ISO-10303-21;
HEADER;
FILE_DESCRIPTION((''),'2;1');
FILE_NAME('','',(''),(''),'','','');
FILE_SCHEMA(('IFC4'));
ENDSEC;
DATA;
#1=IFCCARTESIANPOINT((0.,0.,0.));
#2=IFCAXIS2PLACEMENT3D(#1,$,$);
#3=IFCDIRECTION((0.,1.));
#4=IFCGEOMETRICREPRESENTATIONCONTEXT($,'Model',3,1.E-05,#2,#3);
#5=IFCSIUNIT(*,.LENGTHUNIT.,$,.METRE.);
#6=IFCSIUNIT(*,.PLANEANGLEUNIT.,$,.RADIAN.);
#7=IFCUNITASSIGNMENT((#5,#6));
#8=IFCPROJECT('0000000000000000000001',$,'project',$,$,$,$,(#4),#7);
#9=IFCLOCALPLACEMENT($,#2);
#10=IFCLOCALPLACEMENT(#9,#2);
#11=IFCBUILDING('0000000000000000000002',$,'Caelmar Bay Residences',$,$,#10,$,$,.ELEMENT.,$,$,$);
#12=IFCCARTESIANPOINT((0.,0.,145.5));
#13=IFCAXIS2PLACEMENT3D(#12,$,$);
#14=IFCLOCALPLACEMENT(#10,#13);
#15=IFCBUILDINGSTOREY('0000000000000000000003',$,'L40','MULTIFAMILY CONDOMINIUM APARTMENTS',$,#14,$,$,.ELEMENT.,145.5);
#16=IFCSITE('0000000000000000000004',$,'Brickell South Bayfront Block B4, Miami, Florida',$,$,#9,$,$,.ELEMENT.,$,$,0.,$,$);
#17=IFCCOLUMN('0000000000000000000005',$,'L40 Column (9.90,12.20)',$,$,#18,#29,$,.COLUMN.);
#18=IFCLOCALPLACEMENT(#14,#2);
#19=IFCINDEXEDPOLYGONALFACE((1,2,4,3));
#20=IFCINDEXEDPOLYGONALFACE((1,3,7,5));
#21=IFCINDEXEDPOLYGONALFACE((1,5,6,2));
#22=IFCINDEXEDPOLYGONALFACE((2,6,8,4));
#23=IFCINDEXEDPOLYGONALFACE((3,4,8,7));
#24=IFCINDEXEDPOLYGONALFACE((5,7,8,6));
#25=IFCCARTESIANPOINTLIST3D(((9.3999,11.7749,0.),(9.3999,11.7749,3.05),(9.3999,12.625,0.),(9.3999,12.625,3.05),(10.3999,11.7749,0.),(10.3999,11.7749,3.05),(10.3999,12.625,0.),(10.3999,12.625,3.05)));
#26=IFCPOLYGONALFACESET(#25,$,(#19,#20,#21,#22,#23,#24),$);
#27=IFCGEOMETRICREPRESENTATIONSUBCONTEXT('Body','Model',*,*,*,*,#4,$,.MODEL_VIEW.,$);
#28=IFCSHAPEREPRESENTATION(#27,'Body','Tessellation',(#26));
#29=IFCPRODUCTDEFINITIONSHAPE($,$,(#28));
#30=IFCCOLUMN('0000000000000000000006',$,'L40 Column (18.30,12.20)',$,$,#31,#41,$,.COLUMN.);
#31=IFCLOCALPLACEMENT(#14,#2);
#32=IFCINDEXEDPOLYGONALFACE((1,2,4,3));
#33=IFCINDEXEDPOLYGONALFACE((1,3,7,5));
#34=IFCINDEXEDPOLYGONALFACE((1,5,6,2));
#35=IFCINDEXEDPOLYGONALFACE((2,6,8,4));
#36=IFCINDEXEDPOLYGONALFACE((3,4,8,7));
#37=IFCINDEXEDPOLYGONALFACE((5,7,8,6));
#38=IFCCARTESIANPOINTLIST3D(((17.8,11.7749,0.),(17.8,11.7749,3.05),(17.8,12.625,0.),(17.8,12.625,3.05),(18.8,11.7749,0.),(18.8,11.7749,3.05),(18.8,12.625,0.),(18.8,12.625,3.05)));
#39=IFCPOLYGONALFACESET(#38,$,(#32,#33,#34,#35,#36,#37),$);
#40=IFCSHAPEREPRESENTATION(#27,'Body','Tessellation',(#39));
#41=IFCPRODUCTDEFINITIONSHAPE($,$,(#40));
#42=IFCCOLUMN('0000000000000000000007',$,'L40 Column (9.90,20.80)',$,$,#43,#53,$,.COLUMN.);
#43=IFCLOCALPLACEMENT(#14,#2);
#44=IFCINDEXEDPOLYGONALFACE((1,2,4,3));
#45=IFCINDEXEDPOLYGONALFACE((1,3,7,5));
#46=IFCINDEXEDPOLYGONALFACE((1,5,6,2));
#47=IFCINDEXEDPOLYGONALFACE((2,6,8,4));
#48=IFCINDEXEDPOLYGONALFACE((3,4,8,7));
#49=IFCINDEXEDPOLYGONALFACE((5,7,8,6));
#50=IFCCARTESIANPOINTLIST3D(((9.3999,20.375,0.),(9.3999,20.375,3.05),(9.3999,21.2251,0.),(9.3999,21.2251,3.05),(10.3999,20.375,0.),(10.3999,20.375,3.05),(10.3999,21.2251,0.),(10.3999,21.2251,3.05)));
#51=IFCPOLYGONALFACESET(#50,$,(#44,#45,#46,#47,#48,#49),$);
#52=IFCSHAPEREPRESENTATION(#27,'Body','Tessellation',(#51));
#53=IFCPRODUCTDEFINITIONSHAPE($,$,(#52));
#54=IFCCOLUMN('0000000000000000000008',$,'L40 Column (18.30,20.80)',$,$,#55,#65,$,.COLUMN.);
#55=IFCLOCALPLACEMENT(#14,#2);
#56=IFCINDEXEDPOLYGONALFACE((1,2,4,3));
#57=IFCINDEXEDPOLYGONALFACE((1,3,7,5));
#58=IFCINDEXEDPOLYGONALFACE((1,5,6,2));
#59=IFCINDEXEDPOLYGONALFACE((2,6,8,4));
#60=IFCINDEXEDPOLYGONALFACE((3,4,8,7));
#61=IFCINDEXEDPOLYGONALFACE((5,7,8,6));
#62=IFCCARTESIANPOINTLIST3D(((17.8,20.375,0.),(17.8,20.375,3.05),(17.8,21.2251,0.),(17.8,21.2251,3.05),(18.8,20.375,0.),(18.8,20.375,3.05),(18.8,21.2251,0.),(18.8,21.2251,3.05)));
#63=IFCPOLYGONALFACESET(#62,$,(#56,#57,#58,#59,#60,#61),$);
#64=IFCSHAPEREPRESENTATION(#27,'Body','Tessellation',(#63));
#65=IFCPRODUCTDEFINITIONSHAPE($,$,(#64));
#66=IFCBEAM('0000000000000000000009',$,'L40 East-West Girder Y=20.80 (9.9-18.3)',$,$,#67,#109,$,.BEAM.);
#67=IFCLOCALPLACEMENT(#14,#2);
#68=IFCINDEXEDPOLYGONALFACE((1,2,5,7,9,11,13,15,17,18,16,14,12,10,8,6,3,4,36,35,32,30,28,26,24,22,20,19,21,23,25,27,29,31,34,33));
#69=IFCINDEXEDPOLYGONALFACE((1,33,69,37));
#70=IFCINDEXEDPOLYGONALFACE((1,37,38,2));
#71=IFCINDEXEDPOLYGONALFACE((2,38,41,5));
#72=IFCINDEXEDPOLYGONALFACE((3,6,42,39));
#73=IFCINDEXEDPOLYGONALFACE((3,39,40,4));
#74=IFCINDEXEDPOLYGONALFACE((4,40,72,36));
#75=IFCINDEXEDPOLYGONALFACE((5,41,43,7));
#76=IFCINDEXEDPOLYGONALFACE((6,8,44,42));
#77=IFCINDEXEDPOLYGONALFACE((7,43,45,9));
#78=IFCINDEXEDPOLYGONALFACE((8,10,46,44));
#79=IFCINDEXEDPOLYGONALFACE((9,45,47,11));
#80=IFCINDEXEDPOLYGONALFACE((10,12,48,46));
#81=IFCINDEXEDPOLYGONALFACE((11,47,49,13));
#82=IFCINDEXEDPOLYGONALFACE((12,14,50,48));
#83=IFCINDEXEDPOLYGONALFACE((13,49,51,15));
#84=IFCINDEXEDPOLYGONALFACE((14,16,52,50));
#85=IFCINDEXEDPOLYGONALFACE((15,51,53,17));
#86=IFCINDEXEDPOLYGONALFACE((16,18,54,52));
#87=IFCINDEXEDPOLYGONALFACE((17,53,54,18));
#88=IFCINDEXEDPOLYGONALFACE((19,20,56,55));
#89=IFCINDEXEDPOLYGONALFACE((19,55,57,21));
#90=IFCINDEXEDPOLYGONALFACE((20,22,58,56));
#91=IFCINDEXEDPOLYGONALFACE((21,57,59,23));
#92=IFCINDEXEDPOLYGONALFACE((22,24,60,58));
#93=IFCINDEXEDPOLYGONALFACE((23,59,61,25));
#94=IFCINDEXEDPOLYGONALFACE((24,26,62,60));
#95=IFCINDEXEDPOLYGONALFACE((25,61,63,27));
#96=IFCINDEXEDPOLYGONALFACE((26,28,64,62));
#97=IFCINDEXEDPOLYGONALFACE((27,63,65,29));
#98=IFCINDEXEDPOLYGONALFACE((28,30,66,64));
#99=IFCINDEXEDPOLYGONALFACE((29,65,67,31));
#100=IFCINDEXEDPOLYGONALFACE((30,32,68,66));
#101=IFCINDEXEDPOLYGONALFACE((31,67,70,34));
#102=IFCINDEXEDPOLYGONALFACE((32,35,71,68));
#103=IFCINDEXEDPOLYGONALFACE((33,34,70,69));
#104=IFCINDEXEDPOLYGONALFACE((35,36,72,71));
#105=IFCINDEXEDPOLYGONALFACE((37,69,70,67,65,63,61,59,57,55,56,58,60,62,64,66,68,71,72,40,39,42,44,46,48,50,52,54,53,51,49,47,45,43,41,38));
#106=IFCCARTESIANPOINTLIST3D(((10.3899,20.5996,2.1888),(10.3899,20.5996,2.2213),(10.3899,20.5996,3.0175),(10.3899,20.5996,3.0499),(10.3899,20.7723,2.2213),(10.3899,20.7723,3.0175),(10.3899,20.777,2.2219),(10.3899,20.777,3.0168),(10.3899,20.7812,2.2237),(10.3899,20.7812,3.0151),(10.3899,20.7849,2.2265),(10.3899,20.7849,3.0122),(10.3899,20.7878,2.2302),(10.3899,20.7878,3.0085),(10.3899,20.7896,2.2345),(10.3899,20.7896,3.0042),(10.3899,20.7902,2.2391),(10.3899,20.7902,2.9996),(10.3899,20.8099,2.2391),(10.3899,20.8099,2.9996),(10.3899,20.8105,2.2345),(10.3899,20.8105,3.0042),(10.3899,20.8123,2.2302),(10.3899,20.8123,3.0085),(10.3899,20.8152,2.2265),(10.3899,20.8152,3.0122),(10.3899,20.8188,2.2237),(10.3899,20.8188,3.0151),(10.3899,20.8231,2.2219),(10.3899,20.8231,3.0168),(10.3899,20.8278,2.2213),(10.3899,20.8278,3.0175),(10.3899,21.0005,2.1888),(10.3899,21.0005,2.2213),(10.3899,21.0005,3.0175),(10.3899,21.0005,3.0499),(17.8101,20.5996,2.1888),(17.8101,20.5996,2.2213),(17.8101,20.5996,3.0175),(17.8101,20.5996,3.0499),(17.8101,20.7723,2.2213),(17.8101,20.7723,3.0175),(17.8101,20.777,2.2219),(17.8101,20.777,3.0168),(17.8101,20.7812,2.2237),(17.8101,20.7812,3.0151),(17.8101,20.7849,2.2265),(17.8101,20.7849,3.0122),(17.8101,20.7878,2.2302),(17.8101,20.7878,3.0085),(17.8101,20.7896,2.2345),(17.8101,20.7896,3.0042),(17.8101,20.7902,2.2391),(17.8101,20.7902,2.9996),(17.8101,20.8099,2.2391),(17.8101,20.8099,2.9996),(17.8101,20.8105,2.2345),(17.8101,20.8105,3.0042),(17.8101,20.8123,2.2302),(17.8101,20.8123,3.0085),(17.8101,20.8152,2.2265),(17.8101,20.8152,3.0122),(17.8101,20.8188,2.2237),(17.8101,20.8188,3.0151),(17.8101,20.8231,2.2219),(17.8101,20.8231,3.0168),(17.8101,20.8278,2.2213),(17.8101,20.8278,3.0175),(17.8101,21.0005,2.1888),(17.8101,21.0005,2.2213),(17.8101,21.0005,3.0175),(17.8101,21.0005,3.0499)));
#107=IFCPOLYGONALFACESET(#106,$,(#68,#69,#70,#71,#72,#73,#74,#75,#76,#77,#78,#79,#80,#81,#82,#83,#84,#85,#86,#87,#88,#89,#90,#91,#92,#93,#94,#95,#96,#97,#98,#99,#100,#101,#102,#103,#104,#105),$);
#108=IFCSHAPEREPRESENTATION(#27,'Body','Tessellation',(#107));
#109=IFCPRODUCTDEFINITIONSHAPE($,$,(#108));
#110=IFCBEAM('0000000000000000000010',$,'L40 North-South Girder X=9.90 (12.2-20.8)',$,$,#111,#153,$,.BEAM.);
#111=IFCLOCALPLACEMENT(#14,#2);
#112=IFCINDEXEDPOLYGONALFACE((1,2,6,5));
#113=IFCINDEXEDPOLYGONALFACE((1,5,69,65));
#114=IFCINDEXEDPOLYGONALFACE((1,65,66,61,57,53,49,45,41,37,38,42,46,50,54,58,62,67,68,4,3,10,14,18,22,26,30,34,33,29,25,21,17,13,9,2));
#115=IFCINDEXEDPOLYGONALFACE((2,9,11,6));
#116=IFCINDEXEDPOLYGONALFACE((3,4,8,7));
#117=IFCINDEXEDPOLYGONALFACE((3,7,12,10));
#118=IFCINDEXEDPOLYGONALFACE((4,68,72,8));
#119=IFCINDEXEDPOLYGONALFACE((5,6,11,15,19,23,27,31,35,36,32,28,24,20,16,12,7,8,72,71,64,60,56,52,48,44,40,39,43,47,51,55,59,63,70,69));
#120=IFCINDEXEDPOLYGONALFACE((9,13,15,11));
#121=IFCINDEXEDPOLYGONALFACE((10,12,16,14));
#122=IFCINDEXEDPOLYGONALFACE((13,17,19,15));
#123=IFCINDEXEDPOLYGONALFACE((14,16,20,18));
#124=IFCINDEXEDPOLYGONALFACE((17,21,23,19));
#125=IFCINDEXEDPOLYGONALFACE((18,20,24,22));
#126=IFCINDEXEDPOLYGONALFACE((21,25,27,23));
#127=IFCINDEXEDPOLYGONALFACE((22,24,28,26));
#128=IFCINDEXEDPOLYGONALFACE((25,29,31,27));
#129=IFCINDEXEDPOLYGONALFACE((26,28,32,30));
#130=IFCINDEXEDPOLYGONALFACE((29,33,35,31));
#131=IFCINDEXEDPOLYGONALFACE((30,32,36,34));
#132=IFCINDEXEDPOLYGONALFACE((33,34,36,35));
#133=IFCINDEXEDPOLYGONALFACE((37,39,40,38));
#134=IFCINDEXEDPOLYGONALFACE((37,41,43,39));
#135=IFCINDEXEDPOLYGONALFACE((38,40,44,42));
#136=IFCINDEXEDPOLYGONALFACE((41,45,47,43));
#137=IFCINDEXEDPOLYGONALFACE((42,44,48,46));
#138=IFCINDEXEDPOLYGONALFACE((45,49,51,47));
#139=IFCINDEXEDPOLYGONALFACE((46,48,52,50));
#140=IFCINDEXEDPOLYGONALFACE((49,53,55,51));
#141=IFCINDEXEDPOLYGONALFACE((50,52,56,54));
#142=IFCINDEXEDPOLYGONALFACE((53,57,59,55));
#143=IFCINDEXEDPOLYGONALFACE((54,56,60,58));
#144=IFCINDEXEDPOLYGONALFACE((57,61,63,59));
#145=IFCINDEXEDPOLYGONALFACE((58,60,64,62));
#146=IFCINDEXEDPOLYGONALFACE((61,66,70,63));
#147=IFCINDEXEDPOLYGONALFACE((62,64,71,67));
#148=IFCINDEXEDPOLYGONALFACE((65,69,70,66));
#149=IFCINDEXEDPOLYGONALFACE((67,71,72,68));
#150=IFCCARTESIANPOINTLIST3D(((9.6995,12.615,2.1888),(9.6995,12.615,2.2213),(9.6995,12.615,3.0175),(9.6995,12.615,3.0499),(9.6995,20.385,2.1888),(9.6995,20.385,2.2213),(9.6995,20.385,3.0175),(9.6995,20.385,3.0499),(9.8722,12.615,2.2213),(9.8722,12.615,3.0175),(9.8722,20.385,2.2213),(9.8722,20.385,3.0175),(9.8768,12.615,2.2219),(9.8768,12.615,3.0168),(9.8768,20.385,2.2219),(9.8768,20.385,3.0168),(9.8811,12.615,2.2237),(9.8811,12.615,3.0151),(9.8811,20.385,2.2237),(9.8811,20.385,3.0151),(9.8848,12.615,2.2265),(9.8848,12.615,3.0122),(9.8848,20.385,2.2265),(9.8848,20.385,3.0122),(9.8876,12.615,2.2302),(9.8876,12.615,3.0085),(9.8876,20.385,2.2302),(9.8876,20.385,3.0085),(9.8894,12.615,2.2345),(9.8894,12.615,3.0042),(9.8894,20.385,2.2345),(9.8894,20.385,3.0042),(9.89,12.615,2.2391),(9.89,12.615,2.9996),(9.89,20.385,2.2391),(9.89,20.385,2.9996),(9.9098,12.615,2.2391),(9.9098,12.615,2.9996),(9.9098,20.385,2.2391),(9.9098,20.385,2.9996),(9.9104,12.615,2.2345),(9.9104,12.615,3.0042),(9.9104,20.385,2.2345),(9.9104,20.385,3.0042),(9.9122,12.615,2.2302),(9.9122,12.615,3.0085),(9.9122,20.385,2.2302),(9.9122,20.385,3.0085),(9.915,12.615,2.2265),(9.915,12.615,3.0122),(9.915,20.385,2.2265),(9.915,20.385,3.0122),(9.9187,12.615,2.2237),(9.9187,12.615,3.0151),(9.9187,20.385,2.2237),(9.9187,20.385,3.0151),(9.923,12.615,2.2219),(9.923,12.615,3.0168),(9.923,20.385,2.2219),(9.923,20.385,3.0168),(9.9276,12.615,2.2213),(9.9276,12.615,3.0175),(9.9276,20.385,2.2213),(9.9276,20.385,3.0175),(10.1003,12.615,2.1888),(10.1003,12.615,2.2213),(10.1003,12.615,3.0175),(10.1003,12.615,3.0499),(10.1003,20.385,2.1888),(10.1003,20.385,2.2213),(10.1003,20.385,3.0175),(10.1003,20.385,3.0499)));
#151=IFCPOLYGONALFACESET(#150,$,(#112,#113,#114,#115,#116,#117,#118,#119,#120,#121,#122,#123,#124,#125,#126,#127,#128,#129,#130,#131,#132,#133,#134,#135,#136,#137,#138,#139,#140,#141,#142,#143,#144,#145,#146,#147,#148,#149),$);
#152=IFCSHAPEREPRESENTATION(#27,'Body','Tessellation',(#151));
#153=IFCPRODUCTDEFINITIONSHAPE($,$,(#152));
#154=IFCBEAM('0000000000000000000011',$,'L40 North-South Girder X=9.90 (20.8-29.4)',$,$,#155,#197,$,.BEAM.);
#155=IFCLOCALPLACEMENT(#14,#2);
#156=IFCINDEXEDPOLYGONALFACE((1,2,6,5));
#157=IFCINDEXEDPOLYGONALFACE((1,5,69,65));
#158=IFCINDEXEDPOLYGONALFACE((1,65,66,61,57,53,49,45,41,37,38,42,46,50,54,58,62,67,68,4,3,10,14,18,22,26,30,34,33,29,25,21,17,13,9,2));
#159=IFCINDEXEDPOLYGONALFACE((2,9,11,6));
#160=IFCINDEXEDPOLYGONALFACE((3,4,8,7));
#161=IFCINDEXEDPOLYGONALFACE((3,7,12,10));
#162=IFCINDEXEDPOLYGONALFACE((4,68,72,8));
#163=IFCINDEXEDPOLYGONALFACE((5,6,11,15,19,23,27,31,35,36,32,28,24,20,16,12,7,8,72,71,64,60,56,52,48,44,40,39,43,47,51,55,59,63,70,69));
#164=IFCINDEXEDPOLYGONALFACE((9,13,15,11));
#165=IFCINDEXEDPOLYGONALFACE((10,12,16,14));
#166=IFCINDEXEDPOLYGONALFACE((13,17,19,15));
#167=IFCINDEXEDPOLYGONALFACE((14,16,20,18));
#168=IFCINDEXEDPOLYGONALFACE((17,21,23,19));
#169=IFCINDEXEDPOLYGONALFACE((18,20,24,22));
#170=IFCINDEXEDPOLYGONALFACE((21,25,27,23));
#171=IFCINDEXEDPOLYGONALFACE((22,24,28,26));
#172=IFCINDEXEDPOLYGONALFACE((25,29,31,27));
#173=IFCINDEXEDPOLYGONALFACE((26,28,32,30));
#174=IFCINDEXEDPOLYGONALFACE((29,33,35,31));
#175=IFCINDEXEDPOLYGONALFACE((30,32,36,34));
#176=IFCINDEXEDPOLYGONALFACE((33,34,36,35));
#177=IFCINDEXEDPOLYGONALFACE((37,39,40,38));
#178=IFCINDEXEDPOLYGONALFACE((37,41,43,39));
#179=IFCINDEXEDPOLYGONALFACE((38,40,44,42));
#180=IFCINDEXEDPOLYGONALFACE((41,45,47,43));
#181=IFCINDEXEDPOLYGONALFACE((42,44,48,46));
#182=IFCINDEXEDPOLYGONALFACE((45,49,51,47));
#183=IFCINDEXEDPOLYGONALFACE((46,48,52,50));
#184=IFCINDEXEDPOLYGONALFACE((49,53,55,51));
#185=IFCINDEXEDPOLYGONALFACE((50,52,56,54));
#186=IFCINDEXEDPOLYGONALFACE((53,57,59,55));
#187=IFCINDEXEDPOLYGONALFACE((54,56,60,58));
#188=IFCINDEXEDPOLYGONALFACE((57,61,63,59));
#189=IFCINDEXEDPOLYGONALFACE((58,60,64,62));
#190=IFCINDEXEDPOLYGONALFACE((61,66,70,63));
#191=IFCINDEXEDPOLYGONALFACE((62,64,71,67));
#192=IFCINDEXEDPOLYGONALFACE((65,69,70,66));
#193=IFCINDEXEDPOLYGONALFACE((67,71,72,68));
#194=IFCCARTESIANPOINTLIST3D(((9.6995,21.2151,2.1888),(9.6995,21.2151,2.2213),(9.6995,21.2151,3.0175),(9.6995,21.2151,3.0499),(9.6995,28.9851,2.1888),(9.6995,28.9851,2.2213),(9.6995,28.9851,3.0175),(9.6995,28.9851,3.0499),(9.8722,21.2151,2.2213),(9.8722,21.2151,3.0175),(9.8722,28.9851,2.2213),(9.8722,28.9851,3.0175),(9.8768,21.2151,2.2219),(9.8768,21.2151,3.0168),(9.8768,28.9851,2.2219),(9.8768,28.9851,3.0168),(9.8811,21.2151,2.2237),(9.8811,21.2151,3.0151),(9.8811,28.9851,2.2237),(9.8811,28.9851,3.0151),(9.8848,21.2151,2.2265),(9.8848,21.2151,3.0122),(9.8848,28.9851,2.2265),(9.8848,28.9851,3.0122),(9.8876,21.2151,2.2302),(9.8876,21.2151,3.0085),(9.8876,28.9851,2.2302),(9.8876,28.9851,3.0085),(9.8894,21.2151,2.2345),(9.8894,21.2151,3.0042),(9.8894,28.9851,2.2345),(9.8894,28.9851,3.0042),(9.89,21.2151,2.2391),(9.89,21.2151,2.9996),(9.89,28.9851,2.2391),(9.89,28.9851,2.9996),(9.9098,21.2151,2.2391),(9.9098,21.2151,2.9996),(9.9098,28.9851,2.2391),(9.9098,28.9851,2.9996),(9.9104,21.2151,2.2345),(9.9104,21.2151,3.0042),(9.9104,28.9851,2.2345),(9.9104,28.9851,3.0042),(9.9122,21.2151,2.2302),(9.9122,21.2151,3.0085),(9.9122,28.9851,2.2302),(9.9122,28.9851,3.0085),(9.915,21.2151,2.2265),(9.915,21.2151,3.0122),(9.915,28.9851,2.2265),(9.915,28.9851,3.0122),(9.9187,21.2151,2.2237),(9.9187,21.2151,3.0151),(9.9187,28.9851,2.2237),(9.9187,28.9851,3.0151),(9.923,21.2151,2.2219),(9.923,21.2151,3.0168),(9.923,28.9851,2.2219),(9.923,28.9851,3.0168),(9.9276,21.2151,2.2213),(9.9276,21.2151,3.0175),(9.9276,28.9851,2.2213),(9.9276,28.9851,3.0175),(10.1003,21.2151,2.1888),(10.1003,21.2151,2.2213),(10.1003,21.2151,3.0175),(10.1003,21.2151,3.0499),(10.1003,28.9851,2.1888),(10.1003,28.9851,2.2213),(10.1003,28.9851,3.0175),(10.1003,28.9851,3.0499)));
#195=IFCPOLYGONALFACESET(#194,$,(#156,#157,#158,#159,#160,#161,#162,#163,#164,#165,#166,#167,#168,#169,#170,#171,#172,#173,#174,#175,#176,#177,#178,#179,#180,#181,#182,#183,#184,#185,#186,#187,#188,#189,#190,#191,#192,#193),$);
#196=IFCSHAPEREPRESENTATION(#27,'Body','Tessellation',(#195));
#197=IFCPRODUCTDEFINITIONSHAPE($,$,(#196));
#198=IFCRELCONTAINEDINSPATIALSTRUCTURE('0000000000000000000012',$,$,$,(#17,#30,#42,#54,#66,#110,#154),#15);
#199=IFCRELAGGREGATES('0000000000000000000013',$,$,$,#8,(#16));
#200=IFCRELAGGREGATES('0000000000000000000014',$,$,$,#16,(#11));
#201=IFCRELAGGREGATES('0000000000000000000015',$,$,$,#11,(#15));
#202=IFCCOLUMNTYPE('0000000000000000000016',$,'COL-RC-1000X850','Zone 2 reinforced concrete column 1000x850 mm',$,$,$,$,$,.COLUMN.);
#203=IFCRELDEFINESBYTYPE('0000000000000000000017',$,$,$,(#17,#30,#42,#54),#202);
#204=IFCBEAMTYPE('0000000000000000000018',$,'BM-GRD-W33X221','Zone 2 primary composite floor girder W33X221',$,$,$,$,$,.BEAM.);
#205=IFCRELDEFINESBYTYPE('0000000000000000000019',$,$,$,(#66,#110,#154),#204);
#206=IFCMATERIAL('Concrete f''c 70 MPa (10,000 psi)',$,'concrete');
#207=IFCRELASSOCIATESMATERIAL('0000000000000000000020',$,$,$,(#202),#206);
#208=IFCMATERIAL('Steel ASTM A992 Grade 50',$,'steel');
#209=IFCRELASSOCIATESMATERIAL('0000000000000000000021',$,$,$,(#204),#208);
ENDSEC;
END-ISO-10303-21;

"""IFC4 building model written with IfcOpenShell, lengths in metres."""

from ifc_helpers import new_model, si_unit, direction, frame, origin, origin_2d, place, context, subcontext, project, spatial, rectangle, i_section, extrude, material, material_profile, profile_set, type_object, element, save


model = new_model("IFC4")

# Units and contexts
model_context = context("Model", 3, precision=1e-05, world=origin(), true_north=direction((0.0, 1.0)))
body_context = subcontext(model_context, "Body", "Model", "MODEL_VIEW")
ifc_project = project(units=[si_unit("LENGTHUNIT", "METRE"), si_unit("PLANEANGLEUNIT", "RADIAN")], contexts=[model_context])

# Site, building, storey
site_placement = place(None, origin())
site = spatial("IfcSite", under=ifc_project, at=site_placement, Name="Brickell South Bayfront Block B4, Miami, Florida", CompositionType="ELEMENT", RefElevation=0.0)
building_placement = place(site_placement, origin())
building = spatial("IfcBuilding", under=site, at=building_placement, Name="Caelmar Bay Residences", CompositionType="ELEMENT")
storey_placement = place(building_placement, frame((0.0, 0.0, 145.5)))
storey = spatial("IfcBuildingStorey", under=building, at=storey_placement, Name="L40", Description="MULTIFAMILY CONDOMINIUM APARTMENTS", CompositionType="ELEMENT", Elevation=145.5)

# Columns
ifc_material_1 = material(Name="Concrete f'c 70 MPa (10,000 psi)", Category="concrete")
ifc_material_profile_1 = material_profile(ifc_material_1, rectangle(XDim=1.0, YDim=0.8501, at=origin_2d()), Name="RC-COL-1000X850")
ifc_profile_set_1 = profile_set([ifc_material_profile_1], Name="Concrete f'c 70 MPa (10,000 psi)")
column_type = type_object("IfcColumnType", Name="COL-RC-1000X850", Description="Zone 2 reinforced concrete column 1000x850 mm", PredefinedType="COLUMN", material=ifc_profile_set_1)
for number, where, z_axis, x_axis, name in (
    (1, (9.8999, 12.2, 0.0), (0.0, 0.0, 1.0), (1.0, 0.0, 0.0), "L40 Column (9.90,12.20)"),
    (2, (18.3, 12.2, 0.0), (0.0, 0.0, 1.0), (1.0, 0.0, 0.0), "L40 Column (18.30,12.20)"),
    (3, (9.8999, 20.8, 0.0), (0.0, 0.0, 1.0), (1.0, 0.0, 0.0), "L40 Column (9.90,20.80)"),
    (4, (18.3, 20.8, 0.0), (0.0, 0.0, 1.0), (1.0, 0.0, 0.0), "L40 Column (18.30,20.80)"),
):
    element("IfcColumn", number, at=place(storey_placement, frame(where, z_axis=z_axis, x_axis=x_axis)), inside=storey, type_object=column_type, Name=name, PredefinedType="COLUMN", context=body_context, shape_type="SweptSolid", body=[
        extrude(rectangle(XDim=1.0, YDim=0.8501, at=origin_2d()), origin(), (0.0, 0.0, 1.0), 3.05),
    ])

# Beams
ifc_material_2 = material(Name="Steel ASTM A992 Grade 50", Category="steel")
ifc_material_profile_2 = material_profile(ifc_material_2, i_section(OverallWidth=0.4009, OverallDepth=0.8611, WebThickness=0.0198, FlangeThickness=0.0325, FilletRadius=0.0178, at=origin_2d()), Name="W33X221")
ifc_profile_set_2 = profile_set([ifc_material_profile_2], Name="Steel ASTM A992 Grade 50")
beam_type_1 = type_object("IfcBeamType", Name="BM-GRD-W33X221", Description="Zone 2 primary composite floor girder W33X221", PredefinedType="BEAM", material=ifc_profile_set_2)
beam_1_placement = place(storey_placement, frame((10.3899, 20.8, 2.6194), z_axis=(1.0, 0.0, 0.0), x_axis=(0.0, 1.0, 0.0)))
element("IfcBeam", 5, at=beam_1_placement, inside=storey, type_object=beam_type_1, Name="L40 East-West Girder Y=20.80 (9.9-18.3)", PredefinedType="BEAM", context=body_context, shape_type="SweptSolid", body=[
    extrude(i_section(OverallWidth=0.4009, OverallDepth=0.8611, WebThickness=0.0198, FlangeThickness=0.0325, FilletRadius=0.0178, at=origin_2d()), origin(), (0.0, 0.0, 1.0), 7.4202),
])
for number, where, z_axis, x_axis, name in (
    (6, (9.8999, 12.615, 2.6194), (0.0, 1.0, 0.0), (-1.0, 0.0, 0.0), "L40 North-South Girder X=9.90 (12.2-20.8)"),
    (7, (9.8999, 21.2151, 2.6194), (0.0, 1.0, 0.0), (-1.0, 0.0, 0.0), "L40 North-South Girder X=9.90 (20.8-29.4)"),
):
    element("IfcBeam", number, at=place(storey_placement, frame(where, z_axis=z_axis, x_axis=x_axis)), inside=storey, type_object=beam_type_1, Name=name, PredefinedType="BEAM", context=body_context, shape_type="SweptSolid", body=[
        extrude(i_section(OverallWidth=0.4009, OverallDepth=0.8611, WebThickness=0.0198, FlangeThickness=0.0325, FilletRadius=0.0178, at=origin_2d()), origin(), (0.0, 0.0, 1.0), 7.77),
    ])

save(model, "model.ifc")
